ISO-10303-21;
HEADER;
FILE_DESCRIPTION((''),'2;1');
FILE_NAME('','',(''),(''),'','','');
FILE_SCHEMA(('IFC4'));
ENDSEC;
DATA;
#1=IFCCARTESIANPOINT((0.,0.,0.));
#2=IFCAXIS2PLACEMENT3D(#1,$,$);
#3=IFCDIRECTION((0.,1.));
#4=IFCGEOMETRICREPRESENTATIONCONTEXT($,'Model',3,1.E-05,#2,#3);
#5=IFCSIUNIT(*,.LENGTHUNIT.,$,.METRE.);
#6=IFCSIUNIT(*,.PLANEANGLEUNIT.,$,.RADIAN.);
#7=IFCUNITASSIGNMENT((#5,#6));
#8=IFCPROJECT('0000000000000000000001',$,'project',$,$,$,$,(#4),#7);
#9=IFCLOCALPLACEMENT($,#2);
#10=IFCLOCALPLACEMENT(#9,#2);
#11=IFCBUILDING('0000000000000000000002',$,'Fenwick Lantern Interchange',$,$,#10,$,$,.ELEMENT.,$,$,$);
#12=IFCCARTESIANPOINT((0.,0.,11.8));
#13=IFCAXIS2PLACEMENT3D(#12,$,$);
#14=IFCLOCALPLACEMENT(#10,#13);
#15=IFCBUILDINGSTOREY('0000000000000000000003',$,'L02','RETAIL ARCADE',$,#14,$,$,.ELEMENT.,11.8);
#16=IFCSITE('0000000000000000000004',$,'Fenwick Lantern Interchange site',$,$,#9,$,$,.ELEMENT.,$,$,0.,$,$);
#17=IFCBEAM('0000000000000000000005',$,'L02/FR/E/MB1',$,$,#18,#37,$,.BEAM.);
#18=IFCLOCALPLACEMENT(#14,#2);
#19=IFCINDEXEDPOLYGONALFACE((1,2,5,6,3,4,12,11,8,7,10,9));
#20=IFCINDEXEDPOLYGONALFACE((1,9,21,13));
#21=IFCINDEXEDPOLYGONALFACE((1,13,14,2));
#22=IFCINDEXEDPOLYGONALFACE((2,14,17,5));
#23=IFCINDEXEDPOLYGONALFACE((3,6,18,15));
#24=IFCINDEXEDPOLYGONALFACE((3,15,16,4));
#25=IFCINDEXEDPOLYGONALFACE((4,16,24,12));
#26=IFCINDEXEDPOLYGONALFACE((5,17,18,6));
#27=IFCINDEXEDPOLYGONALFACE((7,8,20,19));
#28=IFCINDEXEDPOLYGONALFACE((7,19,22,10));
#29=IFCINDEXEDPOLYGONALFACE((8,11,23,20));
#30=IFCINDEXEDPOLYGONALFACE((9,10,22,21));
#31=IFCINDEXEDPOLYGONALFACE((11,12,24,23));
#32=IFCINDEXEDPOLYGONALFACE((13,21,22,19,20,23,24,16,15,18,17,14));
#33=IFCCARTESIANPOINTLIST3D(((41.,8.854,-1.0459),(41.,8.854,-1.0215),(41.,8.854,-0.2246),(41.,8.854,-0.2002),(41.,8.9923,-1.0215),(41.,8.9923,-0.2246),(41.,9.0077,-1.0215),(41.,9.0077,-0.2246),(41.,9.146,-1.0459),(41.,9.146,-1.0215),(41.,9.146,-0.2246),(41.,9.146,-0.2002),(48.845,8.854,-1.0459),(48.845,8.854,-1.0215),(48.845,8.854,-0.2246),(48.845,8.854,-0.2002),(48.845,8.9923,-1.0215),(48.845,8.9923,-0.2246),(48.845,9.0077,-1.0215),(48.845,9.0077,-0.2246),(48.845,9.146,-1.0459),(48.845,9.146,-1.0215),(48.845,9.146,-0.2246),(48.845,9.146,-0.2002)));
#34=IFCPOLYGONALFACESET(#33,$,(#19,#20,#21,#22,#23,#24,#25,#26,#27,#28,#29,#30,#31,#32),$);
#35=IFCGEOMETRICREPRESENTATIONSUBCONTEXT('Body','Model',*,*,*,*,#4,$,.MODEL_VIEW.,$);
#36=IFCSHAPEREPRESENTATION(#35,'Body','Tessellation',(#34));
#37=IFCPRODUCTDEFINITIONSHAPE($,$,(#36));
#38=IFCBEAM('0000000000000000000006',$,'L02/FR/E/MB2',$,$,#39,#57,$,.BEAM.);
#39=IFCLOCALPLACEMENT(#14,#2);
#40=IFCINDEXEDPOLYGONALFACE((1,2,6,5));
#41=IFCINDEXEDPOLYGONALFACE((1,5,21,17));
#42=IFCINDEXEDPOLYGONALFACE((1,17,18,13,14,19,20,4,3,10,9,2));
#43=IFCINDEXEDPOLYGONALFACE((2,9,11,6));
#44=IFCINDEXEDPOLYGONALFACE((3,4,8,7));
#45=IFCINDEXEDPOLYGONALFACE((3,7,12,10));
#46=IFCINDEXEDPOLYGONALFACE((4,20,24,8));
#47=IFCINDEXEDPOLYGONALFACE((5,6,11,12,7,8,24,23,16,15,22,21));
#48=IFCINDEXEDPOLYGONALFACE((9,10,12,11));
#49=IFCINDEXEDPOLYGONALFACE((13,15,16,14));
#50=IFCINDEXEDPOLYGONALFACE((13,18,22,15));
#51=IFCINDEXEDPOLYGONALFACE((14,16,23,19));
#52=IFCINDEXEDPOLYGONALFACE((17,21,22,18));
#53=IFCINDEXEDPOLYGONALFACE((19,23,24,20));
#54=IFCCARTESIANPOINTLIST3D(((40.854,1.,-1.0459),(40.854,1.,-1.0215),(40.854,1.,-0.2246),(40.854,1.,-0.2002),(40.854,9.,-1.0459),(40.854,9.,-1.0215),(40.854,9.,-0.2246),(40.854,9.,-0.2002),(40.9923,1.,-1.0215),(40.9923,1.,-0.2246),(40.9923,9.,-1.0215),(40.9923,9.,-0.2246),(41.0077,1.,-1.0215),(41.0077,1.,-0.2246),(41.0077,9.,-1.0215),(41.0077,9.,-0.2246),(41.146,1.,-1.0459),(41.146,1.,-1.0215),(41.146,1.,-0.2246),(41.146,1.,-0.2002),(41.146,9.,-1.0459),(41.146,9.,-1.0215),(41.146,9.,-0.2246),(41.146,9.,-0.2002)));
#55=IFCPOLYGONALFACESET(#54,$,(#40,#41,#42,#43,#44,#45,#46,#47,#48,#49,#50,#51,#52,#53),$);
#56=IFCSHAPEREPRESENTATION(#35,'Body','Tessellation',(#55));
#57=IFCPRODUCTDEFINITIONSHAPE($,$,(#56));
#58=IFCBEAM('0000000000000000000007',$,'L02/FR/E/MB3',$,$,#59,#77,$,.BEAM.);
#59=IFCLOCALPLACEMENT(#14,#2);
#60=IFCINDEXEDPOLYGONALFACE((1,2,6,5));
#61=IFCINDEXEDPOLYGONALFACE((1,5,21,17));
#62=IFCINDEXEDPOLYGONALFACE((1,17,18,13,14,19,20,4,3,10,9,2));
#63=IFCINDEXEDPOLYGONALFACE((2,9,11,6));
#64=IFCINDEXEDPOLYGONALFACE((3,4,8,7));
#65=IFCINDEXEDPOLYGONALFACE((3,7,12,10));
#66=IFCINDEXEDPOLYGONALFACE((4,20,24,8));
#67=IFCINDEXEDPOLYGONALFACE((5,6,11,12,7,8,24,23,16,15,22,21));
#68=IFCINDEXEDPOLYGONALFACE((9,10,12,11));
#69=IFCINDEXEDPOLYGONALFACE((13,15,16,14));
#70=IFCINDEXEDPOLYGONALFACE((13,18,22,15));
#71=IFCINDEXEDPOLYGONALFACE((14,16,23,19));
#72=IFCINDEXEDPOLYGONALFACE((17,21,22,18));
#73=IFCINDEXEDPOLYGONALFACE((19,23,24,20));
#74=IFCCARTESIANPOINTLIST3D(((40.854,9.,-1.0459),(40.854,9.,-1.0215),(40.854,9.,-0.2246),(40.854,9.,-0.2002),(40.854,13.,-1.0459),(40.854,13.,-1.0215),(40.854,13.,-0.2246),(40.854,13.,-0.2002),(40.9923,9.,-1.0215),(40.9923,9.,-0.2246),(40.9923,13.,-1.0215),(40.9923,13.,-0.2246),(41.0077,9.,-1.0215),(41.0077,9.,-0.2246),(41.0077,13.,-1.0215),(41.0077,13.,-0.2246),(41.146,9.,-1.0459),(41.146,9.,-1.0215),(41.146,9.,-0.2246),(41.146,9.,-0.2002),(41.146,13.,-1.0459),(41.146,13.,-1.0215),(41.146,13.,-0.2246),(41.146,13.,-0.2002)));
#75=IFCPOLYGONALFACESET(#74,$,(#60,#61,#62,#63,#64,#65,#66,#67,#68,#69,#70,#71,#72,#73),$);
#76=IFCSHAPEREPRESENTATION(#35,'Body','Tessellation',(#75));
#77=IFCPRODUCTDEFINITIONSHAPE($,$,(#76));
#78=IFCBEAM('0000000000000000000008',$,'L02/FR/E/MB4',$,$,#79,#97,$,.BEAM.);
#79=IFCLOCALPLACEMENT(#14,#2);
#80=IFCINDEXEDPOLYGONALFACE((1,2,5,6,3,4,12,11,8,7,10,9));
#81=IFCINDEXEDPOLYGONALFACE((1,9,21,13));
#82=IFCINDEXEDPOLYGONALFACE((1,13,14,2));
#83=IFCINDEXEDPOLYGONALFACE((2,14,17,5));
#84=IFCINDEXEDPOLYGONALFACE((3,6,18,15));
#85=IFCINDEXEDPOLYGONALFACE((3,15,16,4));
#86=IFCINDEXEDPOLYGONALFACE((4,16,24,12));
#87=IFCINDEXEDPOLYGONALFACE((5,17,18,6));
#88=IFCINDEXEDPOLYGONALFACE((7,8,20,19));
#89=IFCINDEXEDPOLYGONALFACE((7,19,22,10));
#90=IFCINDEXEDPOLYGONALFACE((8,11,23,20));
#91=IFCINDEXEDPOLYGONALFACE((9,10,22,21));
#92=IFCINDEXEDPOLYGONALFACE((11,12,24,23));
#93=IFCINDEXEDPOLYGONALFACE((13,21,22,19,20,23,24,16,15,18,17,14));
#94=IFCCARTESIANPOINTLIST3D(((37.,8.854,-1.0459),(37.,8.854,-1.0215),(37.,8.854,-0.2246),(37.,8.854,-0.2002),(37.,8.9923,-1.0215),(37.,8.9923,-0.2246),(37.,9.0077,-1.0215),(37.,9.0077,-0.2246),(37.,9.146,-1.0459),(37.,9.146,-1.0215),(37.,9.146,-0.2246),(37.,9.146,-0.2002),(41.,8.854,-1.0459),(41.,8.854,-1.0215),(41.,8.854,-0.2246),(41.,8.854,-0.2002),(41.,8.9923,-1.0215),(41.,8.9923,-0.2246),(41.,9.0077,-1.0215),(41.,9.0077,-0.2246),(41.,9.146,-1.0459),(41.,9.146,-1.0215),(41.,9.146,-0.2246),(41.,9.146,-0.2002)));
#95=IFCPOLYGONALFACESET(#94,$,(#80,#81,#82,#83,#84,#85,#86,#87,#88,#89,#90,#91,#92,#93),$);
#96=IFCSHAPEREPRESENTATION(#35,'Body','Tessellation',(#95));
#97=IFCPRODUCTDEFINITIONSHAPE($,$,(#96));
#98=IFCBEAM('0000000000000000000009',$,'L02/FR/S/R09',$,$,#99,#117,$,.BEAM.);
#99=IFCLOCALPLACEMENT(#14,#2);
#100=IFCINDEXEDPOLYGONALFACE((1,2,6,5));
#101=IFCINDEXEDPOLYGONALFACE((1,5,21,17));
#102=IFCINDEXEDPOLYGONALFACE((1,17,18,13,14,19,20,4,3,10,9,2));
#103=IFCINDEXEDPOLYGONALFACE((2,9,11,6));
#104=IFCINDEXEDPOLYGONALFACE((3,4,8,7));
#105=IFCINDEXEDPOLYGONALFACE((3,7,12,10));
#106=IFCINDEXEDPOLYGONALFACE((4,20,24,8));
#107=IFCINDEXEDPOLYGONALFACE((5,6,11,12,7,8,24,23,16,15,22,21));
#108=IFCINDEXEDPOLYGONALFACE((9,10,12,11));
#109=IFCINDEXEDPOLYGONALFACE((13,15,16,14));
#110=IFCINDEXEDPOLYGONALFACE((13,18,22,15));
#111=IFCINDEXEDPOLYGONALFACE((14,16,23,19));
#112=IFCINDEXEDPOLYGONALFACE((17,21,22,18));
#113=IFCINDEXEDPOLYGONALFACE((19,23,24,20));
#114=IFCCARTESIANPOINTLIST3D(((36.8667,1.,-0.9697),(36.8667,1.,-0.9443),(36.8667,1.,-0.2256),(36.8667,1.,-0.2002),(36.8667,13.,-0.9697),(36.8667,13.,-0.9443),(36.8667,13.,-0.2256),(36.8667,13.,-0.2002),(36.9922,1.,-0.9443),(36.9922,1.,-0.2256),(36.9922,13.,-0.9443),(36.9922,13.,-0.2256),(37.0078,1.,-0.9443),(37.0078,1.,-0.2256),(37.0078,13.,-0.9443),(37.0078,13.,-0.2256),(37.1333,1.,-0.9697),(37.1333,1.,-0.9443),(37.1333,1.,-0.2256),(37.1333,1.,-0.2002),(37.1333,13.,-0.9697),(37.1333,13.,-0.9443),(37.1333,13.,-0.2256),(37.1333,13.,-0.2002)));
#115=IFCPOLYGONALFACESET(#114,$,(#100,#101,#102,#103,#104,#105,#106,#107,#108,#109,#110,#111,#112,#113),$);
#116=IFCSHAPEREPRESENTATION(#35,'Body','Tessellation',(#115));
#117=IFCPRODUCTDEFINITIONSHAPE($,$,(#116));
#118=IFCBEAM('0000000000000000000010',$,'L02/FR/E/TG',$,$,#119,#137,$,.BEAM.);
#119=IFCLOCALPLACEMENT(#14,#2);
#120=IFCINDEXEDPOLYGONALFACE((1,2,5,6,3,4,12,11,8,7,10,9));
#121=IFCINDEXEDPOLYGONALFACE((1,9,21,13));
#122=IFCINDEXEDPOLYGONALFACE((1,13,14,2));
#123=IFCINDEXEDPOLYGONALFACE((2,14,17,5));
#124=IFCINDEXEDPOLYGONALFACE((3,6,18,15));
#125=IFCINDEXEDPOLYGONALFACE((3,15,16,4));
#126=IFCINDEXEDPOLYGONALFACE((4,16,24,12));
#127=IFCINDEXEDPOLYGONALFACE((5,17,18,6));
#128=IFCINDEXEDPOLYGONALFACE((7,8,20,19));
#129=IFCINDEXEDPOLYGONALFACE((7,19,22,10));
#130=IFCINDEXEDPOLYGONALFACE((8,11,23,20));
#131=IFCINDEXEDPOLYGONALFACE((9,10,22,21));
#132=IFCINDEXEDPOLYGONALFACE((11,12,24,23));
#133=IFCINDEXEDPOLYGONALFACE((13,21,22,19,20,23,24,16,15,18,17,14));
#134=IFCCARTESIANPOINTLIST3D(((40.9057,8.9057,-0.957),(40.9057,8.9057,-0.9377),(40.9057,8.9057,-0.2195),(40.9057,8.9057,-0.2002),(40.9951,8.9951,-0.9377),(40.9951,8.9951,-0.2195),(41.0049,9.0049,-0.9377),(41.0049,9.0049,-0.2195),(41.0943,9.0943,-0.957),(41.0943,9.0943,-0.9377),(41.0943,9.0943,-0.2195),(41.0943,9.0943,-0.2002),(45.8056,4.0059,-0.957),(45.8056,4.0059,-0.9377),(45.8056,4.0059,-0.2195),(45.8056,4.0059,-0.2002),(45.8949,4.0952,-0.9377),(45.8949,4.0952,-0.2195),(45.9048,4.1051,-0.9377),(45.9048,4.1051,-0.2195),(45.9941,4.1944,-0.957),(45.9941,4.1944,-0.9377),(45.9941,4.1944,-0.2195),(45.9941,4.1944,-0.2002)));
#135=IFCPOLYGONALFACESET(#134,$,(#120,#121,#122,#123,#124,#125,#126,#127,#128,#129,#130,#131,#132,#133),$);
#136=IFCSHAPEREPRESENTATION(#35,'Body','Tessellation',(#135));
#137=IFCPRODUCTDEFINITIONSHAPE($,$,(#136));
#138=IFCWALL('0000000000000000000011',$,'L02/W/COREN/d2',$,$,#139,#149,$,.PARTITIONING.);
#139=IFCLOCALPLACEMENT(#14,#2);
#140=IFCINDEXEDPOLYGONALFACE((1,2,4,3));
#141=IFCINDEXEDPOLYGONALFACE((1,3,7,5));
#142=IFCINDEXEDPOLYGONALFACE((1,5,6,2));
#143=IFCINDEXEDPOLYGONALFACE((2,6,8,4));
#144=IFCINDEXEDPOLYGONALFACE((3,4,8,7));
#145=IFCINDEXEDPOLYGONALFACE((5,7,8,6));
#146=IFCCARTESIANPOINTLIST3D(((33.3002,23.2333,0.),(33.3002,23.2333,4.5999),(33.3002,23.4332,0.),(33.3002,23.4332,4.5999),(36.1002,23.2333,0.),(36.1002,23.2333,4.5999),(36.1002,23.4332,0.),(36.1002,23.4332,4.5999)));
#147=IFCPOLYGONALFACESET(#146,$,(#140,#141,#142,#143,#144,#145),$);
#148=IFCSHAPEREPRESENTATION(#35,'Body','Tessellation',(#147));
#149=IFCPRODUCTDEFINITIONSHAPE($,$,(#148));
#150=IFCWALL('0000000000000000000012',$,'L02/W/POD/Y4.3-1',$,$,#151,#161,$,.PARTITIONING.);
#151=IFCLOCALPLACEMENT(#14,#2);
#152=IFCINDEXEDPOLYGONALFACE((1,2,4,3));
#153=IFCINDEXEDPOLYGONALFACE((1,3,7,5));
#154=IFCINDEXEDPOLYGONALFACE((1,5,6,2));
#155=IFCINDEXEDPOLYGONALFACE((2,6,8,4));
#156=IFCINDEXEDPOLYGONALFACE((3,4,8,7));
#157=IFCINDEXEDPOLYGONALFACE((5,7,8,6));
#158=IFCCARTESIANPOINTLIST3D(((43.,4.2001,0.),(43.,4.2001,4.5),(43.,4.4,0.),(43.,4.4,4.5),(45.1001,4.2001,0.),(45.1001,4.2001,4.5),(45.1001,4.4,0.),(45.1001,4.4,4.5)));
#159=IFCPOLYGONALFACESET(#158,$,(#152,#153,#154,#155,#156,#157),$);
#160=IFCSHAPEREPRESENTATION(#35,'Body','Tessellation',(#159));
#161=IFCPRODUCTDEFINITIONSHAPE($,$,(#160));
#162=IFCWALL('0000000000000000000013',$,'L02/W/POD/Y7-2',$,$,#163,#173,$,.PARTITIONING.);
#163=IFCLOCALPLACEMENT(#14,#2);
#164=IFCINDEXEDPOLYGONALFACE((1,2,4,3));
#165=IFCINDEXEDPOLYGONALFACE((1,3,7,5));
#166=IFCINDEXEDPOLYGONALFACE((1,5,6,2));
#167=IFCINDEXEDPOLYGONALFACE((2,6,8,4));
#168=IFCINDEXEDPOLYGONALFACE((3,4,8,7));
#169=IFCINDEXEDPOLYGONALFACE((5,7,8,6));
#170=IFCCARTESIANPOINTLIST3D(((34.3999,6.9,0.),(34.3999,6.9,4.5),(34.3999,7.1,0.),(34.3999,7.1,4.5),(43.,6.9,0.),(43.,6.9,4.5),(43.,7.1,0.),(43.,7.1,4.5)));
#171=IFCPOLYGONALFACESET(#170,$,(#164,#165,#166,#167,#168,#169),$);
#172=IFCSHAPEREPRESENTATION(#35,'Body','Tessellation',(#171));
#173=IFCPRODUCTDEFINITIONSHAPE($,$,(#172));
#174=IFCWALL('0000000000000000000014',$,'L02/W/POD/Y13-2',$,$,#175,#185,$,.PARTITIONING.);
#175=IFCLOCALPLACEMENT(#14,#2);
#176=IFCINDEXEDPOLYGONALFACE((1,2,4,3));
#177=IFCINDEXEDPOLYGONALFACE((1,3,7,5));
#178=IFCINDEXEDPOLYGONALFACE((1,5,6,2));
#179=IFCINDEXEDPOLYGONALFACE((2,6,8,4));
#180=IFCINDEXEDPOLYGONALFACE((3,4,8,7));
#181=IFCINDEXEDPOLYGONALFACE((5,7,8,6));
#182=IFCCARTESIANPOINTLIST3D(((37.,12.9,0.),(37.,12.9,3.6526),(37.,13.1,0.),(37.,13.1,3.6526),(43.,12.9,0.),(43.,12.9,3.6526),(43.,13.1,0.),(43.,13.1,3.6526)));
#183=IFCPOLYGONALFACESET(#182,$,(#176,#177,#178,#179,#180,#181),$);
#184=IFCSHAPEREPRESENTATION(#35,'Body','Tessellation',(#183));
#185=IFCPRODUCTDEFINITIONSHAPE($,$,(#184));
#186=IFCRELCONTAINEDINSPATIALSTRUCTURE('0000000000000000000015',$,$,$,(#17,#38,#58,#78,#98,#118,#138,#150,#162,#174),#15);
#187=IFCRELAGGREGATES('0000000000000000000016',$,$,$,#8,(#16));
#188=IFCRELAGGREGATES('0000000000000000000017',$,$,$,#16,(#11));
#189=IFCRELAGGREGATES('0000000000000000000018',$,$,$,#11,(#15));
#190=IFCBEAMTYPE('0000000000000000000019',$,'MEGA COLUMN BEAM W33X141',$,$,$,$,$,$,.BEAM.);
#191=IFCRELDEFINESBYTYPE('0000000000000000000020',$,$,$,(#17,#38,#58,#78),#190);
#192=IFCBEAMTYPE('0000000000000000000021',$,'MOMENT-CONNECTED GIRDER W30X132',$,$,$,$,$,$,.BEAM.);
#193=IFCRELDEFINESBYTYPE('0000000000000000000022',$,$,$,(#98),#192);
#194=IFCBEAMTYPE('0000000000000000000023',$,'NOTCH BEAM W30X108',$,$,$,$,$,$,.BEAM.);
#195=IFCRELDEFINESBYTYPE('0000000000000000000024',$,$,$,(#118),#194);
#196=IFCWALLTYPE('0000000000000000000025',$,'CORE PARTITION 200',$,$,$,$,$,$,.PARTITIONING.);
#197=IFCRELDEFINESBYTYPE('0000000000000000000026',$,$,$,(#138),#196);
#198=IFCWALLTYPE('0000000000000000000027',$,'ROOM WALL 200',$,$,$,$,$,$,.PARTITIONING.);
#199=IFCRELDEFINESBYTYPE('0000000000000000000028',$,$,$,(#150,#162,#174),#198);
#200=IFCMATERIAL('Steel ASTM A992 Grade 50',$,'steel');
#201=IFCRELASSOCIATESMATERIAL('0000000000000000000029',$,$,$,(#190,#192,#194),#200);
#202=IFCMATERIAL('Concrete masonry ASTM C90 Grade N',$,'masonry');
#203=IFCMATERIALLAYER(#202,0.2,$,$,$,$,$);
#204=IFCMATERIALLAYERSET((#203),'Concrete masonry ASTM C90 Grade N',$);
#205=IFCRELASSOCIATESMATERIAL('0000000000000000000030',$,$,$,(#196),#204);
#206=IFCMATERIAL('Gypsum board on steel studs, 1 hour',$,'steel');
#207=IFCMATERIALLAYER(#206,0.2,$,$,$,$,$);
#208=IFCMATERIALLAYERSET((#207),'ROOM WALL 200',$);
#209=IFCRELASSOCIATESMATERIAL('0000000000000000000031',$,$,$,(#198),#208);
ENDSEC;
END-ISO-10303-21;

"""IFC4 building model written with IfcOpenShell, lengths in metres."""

from ifc_helpers import new_model, si_unit, direction, frame, frame_2d, origin, origin_2d, place, context, subcontext, project, spatial, rectangle, i_section, extrude, material, layer, layer_set, material_profile, profile_set, type_object, element, save


model = new_model("IFC4")

# Units and contexts
model_context = context("Model", 3, precision=1e-05, world=origin(), true_north=direction((0.0, 1.0)))
body_context = subcontext(model_context, "Body", "Model", "MODEL_VIEW")
ifc_project = project(units=[si_unit("LENGTHUNIT", "METRE"), si_unit("PLANEANGLEUNIT", "RADIAN")], contexts=[model_context])

# Site, building, storey
site_placement = place(None, origin())
site = spatial("IfcSite", under=ifc_project, at=site_placement, Name="Fenwick Lantern Interchange site", CompositionType="ELEMENT", RefElevation=0.0)
building_placement = place(site_placement, origin())
building = spatial("IfcBuilding", under=site, at=building_placement, Name="Fenwick Lantern Interchange", CompositionType="ELEMENT")
storey_placement = place(building_placement, frame((0.0, 0.0, 11.8)))
storey = spatial("IfcBuildingStorey", under=building, at=storey_placement, Name="L02", Description="RETAIL ARCADE", CompositionType="ELEMENT", Elevation=11.8)

# Beams
ifc_material_1 = material(Name="Steel ASTM A992 Grade 50", Category="steel")
ifc_material_profile_1 = material_profile(ifc_material_1, i_section(OverallWidth=0.292, OverallDepth=0.8457, WebThickness=0.0154, FlangeThickness=0.0244, at=origin_2d()), Name="W33X141")
ifc_profile_set_1 = profile_set([ifc_material_profile_1], Name="Steel ASTM A992 Grade 50")
beam_type_1 = type_object("IfcBeamType", Name="MEGA COLUMN BEAM W33X141", PredefinedType="BEAM", material=ifc_profile_set_1)
beam_1_placement = place(storey_placement, frame((41.0, 9.0, -0.623), z_axis=(1.0, 0.0, 0.0), x_axis=(0.0, 1.0, 0.0)))
element("IfcBeam", 1, at=beam_1_placement, inside=storey, type_object=beam_type_1, Name="L02/FR/E/MB1", PredefinedType="BEAM", context=body_context, shape_type="SweptSolid", body=[
    extrude(i_section(OverallWidth=0.292, OverallDepth=0.8457, WebThickness=0.0154, FlangeThickness=0.0244, at=origin_2d()), origin(), (0.0, 0.0, 1.0), 7.845),
])
beam_2_placement = place(storey_placement, frame((41.0, 9.0, -0.623), z_axis=(0.0, -1.0, 0.0), x_axis=(1.0, 0.0, 0.0)))
element("IfcBeam", 2, at=beam_2_placement, inside=storey, type_object=beam_type_1, Name="L02/FR/E/MB2", PredefinedType="BEAM", context=body_context, shape_type="SweptSolid", body=[
    extrude(i_section(OverallWidth=0.292, OverallDepth=0.8457, WebThickness=0.0154, FlangeThickness=0.0244, at=origin_2d()), origin(), (0.0, 0.0, 1.0), 8.0),
])
for number, where, z_axis, x_axis, name in (
    (3, (41.0, 9.0, -0.623), (0.0, 1.0, 0.0), (-1.0, 0.0, 0.0), "L02/FR/E/MB3"),
    (4, (41.0, 9.0, -0.623), (-1.0, 0.0, 0.0), (0.0, -1.0, 0.0), "L02/FR/E/MB4"),
):
    element("IfcBeam", number, at=place(storey_placement, frame(where, z_axis=z_axis, x_axis=x_axis)), inside=storey, type_object=beam_type_1, Name=name, PredefinedType="BEAM", context=body_context, shape_type="SweptSolid", body=[
        extrude(i_section(OverallWidth=0.292, OverallDepth=0.8457, WebThickness=0.0154, FlangeThickness=0.0244, at=origin_2d()), origin(), (0.0, 0.0, 1.0), 4.0),
    ])
ifc_material_profile_2 = material_profile(ifc_material_1, i_section(OverallWidth=0.2666, OverallDepth=0.7695, WebThickness=0.0156, FlangeThickness=0.0254, at=origin_2d()), Name="W30X132")
ifc_profile_set_2 = profile_set([ifc_material_profile_2], Name="Steel ASTM A992 Grade 50")
beam_type_2 = type_object("IfcBeamType", Name="MOMENT-CONNECTED GIRDER W30X132", PredefinedType="BEAM", material=ifc_profile_set_2)
beam_3_placement = place(storey_placement, frame((37.0, 1.0, -0.585), z_axis=(0.0, 1.0, 0.0), x_axis=(-1.0, 0.0, 0.0)))
element("IfcBeam", 5, at=beam_3_placement, inside=storey, type_object=beam_type_2, Name="L02/FR/S/R09", PredefinedType="BEAM", context=body_context, shape_type="SweptSolid", body=[
    extrude(i_section(OverallWidth=0.2666, OverallDepth=0.7695, WebThickness=0.0156, FlangeThickness=0.0254, at=origin_2d()), origin(), (0.0, 0.0, 1.0), 12.0),
])
ifc_material_profile_3 = material_profile(ifc_material_1, i_section(OverallWidth=0.2666, OverallDepth=0.7568, WebThickness=0.0139, FlangeThickness=0.0193, at=origin_2d()), Name="W30X108")
ifc_profile_set_3 = profile_set([ifc_material_profile_3], Name="Steel ASTM A992 Grade 50")
beam_type_3 = type_object("IfcBeamType", Name="NOTCH BEAM W30X108", PredefinedType="BEAM", material=ifc_profile_set_3)
beam_4_placement = place(storey_placement, frame((41.0, 9.0, -0.5786), z_axis=(0.707107, -0.707107, 0.0), x_axis=(0.707107, 0.707107, 0.0)))
element("IfcBeam", 6, at=beam_4_placement, inside=storey, type_object=beam_type_3, Name="L02/FR/E/TG", PredefinedType="BEAM", context=body_context, shape_type="SweptSolid", body=[
    extrude(i_section(OverallWidth=0.2666, OverallDepth=0.7568, WebThickness=0.0139, FlangeThickness=0.0193, at=origin_2d()), origin(), (0.0, 0.0, 1.0), 6.9294),
])

# Wall
ifc_material_2 = material(Name="Concrete masonry ASTM C90 Grade N", Category="masonry")
ifc_layer_1 = layer(ifc_material_2, 0.2)
ifc_layer_set_1 = layer_set([ifc_layer_1], Name="Concrete masonry ASTM C90 Grade N")
wall_type_1 = type_object("IfcWallType", Name="CORE PARTITION 200", PredefinedType="PARTITIONING", material=ifc_layer_set_1)
wall_1_placement = place(storey_placement, frame((36.1001, 23.3333, 0.0), z_axis=(0.0, 0.0, 1.0), x_axis=(-1.0, 0.0, 0.0)))
element("IfcWall", 7, at=wall_1_placement, inside=storey, type_object=wall_type_1, Name="L02/W/COREN/d2", PredefinedType="PARTITIONING", context=body_context, shape_type="SweptSolid", body=[
    extrude(rectangle(XDim=2.8, YDim=0.2, at=frame_2d((1.3999, 0.0))), origin(), (0.0, 0.0, 1.0), 4.5999),
])

# Walls
ifc_material_3 = material(Name="Gypsum board on steel studs, 1 hour", Category="steel")
ifc_layer_2 = layer(ifc_material_3, 0.2)
ifc_layer_set_2 = layer_set([ifc_layer_2], Name="ROOM WALL 200")
wall_type_2 = type_object("IfcWallType", Name="ROOM WALL 200", PredefinedType="PARTITIONING", material=ifc_layer_set_2)
wall_2_placement = place(storey_placement, frame((43.0, 4.3, 0.0), z_axis=(0.0, 0.0, 1.0), x_axis=(1.0, 0.0, 0.0)))
element("IfcWall", 8, at=wall_2_placement, inside=storey, type_object=wall_type_2, Name="L02/W/POD/Y4.3-1", PredefinedType="PARTITIONING", context=body_context, shape_type="SweptSolid", body=[
    extrude(rectangle(XDim=2.1001, YDim=0.2, at=frame_2d((1.05, 0.0))), origin(), (0.0, 0.0, 1.0), 4.5),
])
wall_3_placement = place(storey_placement, frame((34.3999, 7.0, 0.0), z_axis=(0.0, 0.0, 1.0), x_axis=(1.0, 0.0, 0.0)))
element("IfcWall", 9, at=wall_3_placement, inside=storey, type_object=wall_type_2, Name="L02/W/POD/Y7-2", PredefinedType="PARTITIONING", context=body_context, shape_type="SweptSolid", body=[
    extrude(rectangle(XDim=8.6001, YDim=0.2, at=frame_2d((4.3, 0.0))), origin(), (0.0, 0.0, 1.0), 4.5),
])
wall_4_placement = place(storey_placement, frame((37.0, 13.0, 0.0), z_axis=(0.0, 0.0, 1.0), x_axis=(1.0, 0.0, 0.0)))
element("IfcWall", 10, at=wall_4_placement, inside=storey, type_object=wall_type_2, Name="L02/W/POD/Y13-2", PredefinedType="PARTITIONING", context=body_context, shape_type="SweptSolid", body=[
    extrude(rectangle(XDim=6.0, YDim=0.2, at=frame_2d((3.0, 0.0))), origin(), (0.0, 0.0, 1.0), 3.6526),
])

save(model, "model.ifc")
